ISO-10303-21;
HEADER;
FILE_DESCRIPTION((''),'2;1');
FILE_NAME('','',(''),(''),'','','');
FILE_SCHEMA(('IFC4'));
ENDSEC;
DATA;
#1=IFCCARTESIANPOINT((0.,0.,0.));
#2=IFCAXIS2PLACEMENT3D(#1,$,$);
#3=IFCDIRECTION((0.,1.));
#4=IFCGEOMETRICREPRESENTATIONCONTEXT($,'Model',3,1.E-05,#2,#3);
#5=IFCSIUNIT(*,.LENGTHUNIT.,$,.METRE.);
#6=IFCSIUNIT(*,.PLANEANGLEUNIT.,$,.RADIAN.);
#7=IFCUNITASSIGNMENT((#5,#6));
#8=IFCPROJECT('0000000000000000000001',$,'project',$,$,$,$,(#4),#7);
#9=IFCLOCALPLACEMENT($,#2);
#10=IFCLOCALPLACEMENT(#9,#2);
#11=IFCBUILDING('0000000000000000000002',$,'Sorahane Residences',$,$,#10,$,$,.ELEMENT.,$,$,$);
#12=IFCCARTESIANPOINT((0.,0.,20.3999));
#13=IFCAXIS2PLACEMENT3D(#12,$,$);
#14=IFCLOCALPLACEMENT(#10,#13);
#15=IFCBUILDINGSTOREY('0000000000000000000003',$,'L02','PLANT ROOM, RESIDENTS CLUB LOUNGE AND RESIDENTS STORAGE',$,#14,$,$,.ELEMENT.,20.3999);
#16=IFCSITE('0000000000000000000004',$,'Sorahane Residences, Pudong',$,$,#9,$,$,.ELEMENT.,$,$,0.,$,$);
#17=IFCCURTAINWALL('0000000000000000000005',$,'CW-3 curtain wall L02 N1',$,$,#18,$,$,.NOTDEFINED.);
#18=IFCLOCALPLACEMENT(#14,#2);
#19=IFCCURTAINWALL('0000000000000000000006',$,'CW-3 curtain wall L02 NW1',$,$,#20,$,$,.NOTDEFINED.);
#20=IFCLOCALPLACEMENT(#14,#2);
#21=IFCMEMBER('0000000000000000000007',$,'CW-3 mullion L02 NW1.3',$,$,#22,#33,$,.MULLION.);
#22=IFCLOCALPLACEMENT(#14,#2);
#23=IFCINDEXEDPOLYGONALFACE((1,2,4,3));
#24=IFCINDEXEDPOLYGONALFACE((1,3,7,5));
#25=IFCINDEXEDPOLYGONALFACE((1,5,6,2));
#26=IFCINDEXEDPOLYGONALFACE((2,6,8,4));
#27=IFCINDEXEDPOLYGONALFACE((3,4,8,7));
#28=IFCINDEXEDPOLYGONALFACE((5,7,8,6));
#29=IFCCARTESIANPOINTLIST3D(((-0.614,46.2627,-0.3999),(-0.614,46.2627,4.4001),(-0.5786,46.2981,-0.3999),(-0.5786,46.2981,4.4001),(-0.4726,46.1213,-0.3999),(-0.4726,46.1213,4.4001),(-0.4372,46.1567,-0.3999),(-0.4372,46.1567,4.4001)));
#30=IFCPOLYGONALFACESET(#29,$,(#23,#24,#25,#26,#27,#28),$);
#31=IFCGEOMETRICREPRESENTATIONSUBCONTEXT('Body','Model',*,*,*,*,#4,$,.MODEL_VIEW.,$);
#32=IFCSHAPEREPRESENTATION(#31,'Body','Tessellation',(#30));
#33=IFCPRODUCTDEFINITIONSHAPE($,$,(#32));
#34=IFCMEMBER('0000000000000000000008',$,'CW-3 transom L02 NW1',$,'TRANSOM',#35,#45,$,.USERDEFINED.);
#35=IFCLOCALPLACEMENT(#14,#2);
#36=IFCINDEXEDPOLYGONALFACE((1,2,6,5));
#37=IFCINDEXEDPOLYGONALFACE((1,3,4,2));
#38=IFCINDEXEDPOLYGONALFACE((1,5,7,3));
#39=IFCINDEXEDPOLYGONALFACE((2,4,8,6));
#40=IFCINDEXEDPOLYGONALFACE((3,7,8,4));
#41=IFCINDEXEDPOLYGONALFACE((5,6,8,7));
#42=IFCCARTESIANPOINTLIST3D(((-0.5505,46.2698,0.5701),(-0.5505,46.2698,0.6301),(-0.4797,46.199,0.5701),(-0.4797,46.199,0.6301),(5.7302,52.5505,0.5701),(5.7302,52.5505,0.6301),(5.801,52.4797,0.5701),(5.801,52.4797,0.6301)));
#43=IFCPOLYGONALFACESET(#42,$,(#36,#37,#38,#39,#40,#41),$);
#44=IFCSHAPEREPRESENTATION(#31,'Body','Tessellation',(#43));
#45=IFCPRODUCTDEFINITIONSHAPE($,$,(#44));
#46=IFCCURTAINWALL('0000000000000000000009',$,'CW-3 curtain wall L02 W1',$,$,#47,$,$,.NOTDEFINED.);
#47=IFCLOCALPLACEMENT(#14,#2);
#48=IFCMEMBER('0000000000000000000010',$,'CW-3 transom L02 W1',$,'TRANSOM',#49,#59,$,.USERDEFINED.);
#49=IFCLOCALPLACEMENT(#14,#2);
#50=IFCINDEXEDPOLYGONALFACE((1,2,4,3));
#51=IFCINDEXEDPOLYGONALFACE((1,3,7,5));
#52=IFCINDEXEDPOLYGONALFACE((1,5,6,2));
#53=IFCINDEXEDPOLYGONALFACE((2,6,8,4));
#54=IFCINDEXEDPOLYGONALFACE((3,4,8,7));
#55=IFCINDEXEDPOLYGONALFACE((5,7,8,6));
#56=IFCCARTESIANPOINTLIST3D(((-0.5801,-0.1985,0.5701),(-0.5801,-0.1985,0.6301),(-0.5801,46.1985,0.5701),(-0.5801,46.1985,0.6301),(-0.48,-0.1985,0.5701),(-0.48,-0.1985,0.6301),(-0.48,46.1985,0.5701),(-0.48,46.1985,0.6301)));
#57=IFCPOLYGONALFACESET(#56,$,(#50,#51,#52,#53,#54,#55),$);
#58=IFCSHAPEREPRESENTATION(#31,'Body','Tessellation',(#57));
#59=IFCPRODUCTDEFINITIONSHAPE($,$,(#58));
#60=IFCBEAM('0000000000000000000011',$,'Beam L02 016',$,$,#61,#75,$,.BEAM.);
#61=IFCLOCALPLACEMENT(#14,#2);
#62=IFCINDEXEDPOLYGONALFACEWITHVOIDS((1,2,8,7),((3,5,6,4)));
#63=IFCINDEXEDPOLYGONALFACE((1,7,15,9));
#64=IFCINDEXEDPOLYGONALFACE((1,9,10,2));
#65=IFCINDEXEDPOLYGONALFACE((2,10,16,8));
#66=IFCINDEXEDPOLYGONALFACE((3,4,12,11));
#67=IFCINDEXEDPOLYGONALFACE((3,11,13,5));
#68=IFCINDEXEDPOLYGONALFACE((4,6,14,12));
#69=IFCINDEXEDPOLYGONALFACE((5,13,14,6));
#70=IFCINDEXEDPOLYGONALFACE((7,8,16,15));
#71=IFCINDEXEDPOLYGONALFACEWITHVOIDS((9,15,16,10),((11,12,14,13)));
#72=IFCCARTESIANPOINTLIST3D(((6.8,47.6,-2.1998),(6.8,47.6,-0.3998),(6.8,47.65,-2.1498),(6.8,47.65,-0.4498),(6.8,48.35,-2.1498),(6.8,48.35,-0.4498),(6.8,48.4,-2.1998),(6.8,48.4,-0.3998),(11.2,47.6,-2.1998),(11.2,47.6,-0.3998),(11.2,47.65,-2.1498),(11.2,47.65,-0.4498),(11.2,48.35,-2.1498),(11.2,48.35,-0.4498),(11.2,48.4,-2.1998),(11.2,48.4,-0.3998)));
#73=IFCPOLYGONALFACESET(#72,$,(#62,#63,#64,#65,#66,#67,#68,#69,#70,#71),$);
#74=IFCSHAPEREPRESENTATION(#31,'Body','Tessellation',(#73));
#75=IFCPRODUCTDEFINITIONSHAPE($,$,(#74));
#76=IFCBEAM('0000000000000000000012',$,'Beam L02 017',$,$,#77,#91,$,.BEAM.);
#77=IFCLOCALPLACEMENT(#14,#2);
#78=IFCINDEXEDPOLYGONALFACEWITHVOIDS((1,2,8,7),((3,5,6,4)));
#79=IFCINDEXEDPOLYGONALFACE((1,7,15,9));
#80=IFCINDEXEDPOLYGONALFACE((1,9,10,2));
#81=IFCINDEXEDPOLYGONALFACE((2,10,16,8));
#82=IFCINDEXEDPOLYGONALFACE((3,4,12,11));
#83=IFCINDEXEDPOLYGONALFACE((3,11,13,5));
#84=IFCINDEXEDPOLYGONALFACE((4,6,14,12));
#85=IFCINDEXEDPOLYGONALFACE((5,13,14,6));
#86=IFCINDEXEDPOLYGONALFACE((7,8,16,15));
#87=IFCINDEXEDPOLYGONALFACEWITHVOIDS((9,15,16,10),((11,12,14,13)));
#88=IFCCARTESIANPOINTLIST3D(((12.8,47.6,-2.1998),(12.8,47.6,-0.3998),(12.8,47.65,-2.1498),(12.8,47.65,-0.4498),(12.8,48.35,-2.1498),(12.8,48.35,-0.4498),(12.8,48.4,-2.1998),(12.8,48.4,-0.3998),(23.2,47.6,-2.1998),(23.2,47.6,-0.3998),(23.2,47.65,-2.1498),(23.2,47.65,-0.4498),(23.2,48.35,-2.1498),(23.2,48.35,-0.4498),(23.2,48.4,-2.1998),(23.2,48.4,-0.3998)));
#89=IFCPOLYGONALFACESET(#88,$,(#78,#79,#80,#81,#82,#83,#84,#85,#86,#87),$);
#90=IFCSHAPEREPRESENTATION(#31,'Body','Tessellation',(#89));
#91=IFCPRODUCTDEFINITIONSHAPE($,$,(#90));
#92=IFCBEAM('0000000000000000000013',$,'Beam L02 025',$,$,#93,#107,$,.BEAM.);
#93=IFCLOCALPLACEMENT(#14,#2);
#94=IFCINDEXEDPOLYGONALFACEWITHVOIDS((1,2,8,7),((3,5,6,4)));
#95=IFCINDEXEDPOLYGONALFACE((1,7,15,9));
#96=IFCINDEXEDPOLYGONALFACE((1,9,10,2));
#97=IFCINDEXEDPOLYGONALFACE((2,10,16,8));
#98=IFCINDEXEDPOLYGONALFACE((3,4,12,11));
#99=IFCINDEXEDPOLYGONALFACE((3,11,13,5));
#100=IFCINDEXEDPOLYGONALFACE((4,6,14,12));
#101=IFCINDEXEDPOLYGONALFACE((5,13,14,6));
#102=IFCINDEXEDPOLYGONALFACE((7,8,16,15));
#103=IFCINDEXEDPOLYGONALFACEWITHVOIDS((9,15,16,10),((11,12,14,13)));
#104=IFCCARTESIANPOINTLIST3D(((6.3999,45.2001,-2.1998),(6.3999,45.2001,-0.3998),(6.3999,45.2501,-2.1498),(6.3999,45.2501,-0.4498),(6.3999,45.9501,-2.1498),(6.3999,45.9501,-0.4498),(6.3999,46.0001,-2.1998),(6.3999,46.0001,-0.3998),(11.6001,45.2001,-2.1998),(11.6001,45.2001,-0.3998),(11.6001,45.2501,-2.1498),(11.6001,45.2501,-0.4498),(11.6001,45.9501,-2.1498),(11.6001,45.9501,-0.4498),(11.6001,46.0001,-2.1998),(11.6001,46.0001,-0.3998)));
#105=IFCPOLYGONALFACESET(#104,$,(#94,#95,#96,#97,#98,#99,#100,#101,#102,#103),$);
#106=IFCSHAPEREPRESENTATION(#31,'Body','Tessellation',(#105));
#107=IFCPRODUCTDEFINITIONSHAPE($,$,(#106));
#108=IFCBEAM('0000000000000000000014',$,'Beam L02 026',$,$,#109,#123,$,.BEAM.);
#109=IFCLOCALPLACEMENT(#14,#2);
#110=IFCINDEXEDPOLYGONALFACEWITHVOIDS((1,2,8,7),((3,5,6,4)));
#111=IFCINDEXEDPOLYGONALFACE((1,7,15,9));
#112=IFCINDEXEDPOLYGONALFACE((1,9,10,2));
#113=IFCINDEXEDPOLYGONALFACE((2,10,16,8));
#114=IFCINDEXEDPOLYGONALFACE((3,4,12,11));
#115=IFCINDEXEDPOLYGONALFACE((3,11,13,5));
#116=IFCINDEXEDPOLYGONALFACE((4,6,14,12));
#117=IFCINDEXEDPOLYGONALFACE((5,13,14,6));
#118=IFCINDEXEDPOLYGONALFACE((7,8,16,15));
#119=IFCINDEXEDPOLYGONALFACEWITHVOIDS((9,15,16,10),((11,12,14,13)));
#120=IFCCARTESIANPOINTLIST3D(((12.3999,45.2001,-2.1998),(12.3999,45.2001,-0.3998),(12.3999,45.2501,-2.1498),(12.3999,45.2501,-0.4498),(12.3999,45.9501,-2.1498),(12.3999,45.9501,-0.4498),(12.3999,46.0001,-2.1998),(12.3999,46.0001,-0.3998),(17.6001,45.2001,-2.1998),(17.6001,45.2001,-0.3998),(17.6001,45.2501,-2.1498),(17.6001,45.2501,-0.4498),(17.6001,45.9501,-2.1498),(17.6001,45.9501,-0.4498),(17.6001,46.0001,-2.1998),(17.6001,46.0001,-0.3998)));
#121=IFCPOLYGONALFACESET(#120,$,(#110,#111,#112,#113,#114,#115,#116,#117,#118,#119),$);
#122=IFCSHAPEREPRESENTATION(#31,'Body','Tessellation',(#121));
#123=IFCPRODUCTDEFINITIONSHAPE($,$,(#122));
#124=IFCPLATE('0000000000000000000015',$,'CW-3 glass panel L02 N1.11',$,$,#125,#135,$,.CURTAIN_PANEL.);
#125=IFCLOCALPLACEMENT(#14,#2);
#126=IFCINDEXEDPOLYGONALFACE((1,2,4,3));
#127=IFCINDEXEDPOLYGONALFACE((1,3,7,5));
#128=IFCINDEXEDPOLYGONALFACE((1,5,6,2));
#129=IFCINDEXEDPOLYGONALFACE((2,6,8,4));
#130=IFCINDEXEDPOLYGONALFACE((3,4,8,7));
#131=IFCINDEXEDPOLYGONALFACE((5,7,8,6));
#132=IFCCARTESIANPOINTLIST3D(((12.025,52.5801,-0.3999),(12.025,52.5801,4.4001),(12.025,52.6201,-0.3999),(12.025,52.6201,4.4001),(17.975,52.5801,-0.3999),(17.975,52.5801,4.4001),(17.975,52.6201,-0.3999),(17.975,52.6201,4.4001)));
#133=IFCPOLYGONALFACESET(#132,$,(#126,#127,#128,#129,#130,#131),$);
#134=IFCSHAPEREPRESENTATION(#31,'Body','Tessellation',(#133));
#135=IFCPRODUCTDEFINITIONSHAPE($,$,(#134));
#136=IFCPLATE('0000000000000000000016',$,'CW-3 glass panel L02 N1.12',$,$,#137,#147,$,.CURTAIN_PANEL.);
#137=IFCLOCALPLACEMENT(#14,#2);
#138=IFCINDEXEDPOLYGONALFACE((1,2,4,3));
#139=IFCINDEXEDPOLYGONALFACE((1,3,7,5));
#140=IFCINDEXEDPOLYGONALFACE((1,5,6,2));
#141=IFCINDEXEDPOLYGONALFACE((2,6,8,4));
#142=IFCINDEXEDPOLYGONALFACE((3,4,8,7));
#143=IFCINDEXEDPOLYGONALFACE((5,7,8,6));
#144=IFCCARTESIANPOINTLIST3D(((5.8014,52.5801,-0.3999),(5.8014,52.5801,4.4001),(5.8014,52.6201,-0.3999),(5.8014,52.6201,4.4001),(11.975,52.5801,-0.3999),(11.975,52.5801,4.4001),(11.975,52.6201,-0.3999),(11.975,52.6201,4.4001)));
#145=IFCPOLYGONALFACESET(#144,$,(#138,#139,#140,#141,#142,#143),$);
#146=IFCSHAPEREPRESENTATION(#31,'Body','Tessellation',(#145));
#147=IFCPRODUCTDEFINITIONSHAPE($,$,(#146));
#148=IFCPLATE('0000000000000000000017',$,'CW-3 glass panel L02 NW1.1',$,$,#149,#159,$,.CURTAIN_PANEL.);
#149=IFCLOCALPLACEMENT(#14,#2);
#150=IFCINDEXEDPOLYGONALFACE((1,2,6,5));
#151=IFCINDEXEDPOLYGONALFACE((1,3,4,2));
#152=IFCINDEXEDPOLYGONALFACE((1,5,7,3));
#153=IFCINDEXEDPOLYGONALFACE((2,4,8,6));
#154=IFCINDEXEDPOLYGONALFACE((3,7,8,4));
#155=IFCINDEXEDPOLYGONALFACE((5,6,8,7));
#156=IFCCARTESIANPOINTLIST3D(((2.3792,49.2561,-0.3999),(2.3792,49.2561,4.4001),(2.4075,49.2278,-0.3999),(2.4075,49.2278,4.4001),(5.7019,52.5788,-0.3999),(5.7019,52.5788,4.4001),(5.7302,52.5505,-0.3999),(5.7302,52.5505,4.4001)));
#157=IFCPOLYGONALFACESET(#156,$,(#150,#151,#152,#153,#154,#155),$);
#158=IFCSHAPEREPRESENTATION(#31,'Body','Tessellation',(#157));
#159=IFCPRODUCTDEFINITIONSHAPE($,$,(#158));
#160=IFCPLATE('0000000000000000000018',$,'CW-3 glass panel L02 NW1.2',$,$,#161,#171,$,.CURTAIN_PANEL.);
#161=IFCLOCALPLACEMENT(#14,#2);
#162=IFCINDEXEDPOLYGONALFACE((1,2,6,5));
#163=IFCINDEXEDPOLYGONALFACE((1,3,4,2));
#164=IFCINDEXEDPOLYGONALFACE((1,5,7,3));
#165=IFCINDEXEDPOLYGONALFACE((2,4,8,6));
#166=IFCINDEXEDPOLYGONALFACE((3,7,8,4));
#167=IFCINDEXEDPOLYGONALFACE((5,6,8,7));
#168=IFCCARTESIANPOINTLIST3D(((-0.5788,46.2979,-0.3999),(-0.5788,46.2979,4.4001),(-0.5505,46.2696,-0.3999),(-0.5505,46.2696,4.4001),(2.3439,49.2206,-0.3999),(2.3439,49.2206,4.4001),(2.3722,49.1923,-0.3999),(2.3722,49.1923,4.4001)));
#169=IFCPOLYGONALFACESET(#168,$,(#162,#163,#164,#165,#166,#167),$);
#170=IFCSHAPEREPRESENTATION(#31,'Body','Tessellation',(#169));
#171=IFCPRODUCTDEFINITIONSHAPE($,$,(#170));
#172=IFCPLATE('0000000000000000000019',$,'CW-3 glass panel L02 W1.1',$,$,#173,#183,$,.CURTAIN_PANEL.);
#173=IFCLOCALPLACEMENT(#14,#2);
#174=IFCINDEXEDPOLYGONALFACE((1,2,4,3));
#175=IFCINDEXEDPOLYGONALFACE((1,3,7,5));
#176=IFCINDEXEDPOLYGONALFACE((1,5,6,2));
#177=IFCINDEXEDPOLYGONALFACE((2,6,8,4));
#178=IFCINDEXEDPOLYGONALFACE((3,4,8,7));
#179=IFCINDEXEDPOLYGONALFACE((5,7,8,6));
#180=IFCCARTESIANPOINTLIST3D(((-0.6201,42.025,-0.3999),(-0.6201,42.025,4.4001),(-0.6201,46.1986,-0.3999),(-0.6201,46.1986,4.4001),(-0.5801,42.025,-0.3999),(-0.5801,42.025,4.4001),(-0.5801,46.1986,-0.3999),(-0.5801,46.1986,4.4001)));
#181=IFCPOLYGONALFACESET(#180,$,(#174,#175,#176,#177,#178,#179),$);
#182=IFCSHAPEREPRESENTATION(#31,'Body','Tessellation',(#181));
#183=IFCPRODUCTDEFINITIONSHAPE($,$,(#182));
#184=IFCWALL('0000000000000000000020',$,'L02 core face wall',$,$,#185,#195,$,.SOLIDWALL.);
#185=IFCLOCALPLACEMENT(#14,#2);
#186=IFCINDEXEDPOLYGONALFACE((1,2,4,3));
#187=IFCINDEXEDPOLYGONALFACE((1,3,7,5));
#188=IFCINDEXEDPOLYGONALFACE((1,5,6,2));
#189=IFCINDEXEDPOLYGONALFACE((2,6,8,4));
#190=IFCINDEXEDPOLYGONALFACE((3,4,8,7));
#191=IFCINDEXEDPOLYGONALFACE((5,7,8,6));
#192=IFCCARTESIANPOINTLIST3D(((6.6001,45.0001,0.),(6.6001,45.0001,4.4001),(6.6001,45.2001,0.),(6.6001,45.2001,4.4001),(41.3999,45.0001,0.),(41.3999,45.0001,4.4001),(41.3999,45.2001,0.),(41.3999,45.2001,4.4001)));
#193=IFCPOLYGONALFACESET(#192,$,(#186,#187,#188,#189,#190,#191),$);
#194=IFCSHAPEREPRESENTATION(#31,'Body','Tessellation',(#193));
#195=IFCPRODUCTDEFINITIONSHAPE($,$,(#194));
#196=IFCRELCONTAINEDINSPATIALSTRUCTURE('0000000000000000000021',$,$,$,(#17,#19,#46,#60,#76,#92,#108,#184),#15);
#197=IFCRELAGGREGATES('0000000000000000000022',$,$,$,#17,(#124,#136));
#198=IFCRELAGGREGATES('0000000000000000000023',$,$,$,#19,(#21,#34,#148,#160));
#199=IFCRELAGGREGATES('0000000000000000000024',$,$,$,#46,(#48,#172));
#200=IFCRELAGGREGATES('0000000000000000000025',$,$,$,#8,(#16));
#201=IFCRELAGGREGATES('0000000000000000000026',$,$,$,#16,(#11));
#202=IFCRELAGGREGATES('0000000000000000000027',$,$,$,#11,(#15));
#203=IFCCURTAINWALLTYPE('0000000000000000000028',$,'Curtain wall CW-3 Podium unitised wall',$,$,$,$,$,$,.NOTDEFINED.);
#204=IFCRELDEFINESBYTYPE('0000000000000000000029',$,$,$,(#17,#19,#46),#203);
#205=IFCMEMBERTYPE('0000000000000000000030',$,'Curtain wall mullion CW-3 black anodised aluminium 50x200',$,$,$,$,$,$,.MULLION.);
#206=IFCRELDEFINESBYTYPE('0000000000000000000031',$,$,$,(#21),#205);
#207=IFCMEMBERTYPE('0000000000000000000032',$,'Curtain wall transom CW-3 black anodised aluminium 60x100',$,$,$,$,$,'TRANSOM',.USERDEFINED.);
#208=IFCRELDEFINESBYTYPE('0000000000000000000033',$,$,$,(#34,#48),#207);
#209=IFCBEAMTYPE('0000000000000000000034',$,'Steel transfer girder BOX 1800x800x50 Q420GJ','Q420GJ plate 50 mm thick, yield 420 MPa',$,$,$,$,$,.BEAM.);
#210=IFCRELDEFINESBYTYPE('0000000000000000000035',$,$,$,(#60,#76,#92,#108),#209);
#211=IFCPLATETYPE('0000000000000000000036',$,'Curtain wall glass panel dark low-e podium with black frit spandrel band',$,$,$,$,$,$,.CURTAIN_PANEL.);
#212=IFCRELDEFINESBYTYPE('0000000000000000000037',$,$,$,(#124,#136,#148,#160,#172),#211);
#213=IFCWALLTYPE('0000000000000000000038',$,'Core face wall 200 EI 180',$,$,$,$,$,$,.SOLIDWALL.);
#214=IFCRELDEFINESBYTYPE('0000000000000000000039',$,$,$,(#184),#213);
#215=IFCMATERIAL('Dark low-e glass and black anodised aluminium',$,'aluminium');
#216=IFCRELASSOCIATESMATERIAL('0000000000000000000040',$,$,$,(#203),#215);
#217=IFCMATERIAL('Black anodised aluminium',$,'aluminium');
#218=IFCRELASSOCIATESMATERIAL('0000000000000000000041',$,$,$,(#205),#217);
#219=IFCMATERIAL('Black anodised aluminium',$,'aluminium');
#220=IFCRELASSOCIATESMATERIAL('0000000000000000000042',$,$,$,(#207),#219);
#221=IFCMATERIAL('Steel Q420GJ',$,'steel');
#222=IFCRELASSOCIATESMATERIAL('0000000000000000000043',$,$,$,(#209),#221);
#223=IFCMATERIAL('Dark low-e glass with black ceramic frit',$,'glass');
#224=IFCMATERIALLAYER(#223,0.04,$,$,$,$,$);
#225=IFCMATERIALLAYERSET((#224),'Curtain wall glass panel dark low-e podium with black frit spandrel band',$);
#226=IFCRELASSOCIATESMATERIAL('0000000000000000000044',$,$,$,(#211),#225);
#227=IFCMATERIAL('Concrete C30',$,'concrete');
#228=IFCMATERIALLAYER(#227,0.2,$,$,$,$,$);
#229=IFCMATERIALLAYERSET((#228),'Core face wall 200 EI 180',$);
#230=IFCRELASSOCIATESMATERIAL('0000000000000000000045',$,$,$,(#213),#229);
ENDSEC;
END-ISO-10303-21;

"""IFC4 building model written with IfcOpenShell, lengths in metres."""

from ifc_helpers import new_model, si_unit, direction, frame, frame_2d, origin, origin_2d, place, context, subcontext, project, spatial, rectangle, hollow_rectangle, extrude, material, layer, layer_set, material_profile, profile_set, type_object, element, aggregate, save


model = new_model("IFC4")

# Units and contexts
model_context = context("Model", 3, precision=1e-05, world=origin(), true_north=direction((0.0, 1.0)))
body_context = subcontext(model_context, "Body", "Model", "MODEL_VIEW")
ifc_project = project(units=[si_unit("LENGTHUNIT", "METRE"), si_unit("PLANEANGLEUNIT", "RADIAN")], contexts=[model_context])

# Site, building, storey
site_placement = place(None, origin())
site = spatial("IfcSite", under=ifc_project, at=site_placement, Name="Sorahane Residences, Pudong", CompositionType="ELEMENT", RefElevation=0.0)
building_placement = place(site_placement, origin())
building = spatial("IfcBuilding", under=site, at=building_placement, Name="Sorahane Residences", CompositionType="ELEMENT")
storey_placement = place(building_placement, frame((0.0, 0.0, 20.3999)))
storey = spatial("IfcBuildingStorey", under=building, at=storey_placement, Name="L02", Description="PLANT ROOM, RESIDENTS CLUB LOUNGE AND RESIDENTS STORAGE", CompositionType="ELEMENT", Elevation=20.3999)

# Curtain walls, members
ifc_material_1 = material(Name="Dark low-e glass and black anodised aluminium", Category="aluminium")
curtain_wall_type = type_object("IfcCurtainWallType", Name="Curtain wall CW-3 Podium unitised wall", PredefinedType="NOTDEFINED", material=ifc_material_1)
curtain_wall_1_placement = place(storey_placement, origin())
curtain_wall_1 = element("IfcCurtainWall", 1, at=curtain_wall_1_placement, inside=storey, type_object=curtain_wall_type, Name="CW-3 curtain wall L02 N1", PredefinedType="NOTDEFINED")
ifc_material_2 = material(Name="Black anodised aluminium", Category="aluminium")
ifc_material_profile_1 = material_profile(ifc_material_2, rectangle(XDim=0.2, YDim=0.05, at=origin_2d()), Name="Curtain wall mullion CW-3 black anodised aluminium 50x200")
ifc_profile_set_1 = profile_set([ifc_material_profile_1], Name="Black anodised aluminium")
member_type_1 = type_object("IfcMemberType", Name="Curtain wall mullion CW-3 black anodised aluminium 50x200", PredefinedType="MULLION", material=ifc_profile_set_1)
curtain_wall_2_placement = place(storey_placement, origin())
curtain_wall_2 = element("IfcCurtainWall", 2, at=curtain_wall_2_placement, inside=storey, type_object=curtain_wall_type, Name="CW-3 curtain wall L02 NW1", PredefinedType="NOTDEFINED")
member_1_placement = place(storey_placement, frame((-0.5256, 46.2097, -0.3999), z_axis=(0.0, 0.0, 1.0), x_axis=(-0.707107, 0.707107, 0.0)))
member_1 = element("IfcMember", 3, at=member_1_placement, type_object=member_type_1, Name="CW-3 mullion L02 NW1.3", PredefinedType="MULLION", context=body_context, shape_type="SweptSolid", body=[
    extrude(rectangle(XDim=0.2, YDim=0.05, at=origin_2d()), origin(), (0.0, 0.0, 1.0), 4.8),
])
ifc_material_3 = material(Name="Black anodised aluminium", Category="aluminium")
ifc_material_profile_2 = material_profile(ifc_material_3, rectangle(XDim=0.1001, YDim=0.0601, at=origin_2d()), Name="Curtain wall transom CW-3 black anodised aluminium 60x100")
ifc_profile_set_2 = profile_set([ifc_material_profile_2], Name="Black anodised aluminium")
member_type_2 = type_object("IfcMemberType", Name="Curtain wall transom CW-3 black anodised aluminium 60x100", ElementType="TRANSOM", PredefinedType="USERDEFINED", material=ifc_profile_set_2)
member_2_placement = place(storey_placement, frame((5.7656, 52.5151, 0.6001), z_axis=(-0.707107, -0.707107, 0.0), x_axis=(0.707107, -0.707107, 0.0)))
member_2 = element("IfcMember", 4, at=member_2_placement, type_object=member_type_2, Name="CW-3 transom L02 NW1", ObjectType="TRANSOM", PredefinedType="USERDEFINED", context=body_context, shape_type="SweptSolid", body=[
    extrude(rectangle(XDim=0.1001, YDim=0.0601, at=origin_2d()), origin(), (0.0, 0.0, 1.0), 8.8823),
])

# Curtain wall, member
curtain_wall_3_placement = place(storey_placement, origin())
curtain_wall_3 = element("IfcCurtainWall", 5, at=curtain_wall_3_placement, inside=storey, type_object=curtain_wall_type, Name="CW-3 curtain wall L02 W1", PredefinedType="NOTDEFINED")
member_3_placement = place(storey_placement, frame((-0.53, 46.1985, 0.6001), z_axis=(0.0, -1.0, 0.0), x_axis=(1.0, 0.0, 0.0)))
member_3 = element("IfcMember", 6, at=member_3_placement, type_object=member_type_2, Name="CW-3 transom L02 W1", ObjectType="TRANSOM", PredefinedType="USERDEFINED", context=body_context, shape_type="SweptSolid", body=[
    extrude(rectangle(XDim=0.1001, YDim=0.0601, at=origin_2d()), origin(), (0.0, 0.0, 1.0), 46.397),
])

# Beams
ifc_material_4 = material(Name="Steel Q420GJ", Category="steel")
ifc_material_profile_3 = material_profile(ifc_material_4, hollow_rectangle(XDim=0.8, YDim=1.8, WallThickness=0.05, at=origin_2d()), Name="BOX 1800x800x50")
ifc_profile_set_3 = profile_set([ifc_material_profile_3], Name="Steel Q420GJ")
beam_type = type_object("IfcBeamType", Name="Steel transfer girder BOX 1800x800x50 Q420GJ", Description="Q420GJ plate 50 mm thick, yield 420 MPa", PredefinedType="BEAM", material=ifc_profile_set_3)
beam_1_placement = place(storey_placement, frame((6.8, 48.0, -1.2998), z_axis=(1.0, 0.0, 0.0), x_axis=(0.0, 1.0, 0.0)))
element("IfcBeam", 7, at=beam_1_placement, inside=storey, type_object=beam_type, Name="Beam L02 016", PredefinedType="BEAM", context=body_context, shape_type="SweptSolid", body=[
    extrude(hollow_rectangle(XDim=0.8, YDim=1.8, WallThickness=0.05, at=origin_2d()), origin(), (0.0, 0.0, 1.0), 4.3999),
])
beam_2_placement = place(storey_placement, frame((12.8, 48.0, -1.2998), z_axis=(1.0, 0.0, 0.0), x_axis=(0.0, 1.0, 0.0)))
element("IfcBeam", 8, at=beam_2_placement, inside=storey, type_object=beam_type, Name="Beam L02 017", PredefinedType="BEAM", context=body_context, shape_type="SweptSolid", body=[
    extrude(hollow_rectangle(XDim=0.8, YDim=1.8, WallThickness=0.05, at=origin_2d()), origin(), (0.0, 0.0, 1.0), 10.3999),
])
for number, where, z_axis, x_axis, name in (
    (9, (6.3999, 45.6001, -1.2998), (1.0, 0.0, 0.0), (0.0, 1.0, 0.0), "Beam L02 025"),
    (10, (12.3999, 45.6001, -1.2998), (1.0, 0.0, 0.0), (0.0, 1.0, 0.0), "Beam L02 026"),
):
    element("IfcBeam", number, at=place(storey_placement, frame(where, z_axis=z_axis, x_axis=x_axis)), inside=storey, type_object=beam_type, Name=name, PredefinedType="BEAM", context=body_context, shape_type="SweptSolid", body=[
        extrude(hollow_rectangle(XDim=0.8, YDim=1.8, WallThickness=0.05, at=origin_2d()), origin(), (0.0, 0.0, 1.0), 5.2002),
    ])

# Plates
ifc_material_5 = material(Name="Dark low-e glass with black ceramic frit", Category="glass")
ifc_layer_1 = layer(ifc_material_5, 0.04)
ifc_layer_set_1 = layer_set([ifc_layer_1], Name="Curtain wall glass panel dark low-e podium with black frit spandrel band")
plate_type = type_object("IfcPlateType", Name="Curtain wall glass panel dark low-e podium with black frit spandrel band", PredefinedType="CURTAIN_PANEL", material=ifc_layer_set_1)
plate_1_placement = place(storey_placement, frame((15.0, 52.6001, -0.3999), z_axis=(0.0, 0.0, 1.0), x_axis=(-1.0, 0.0, 0.0)))
plate_1 = element("IfcPlate", 11, at=plate_1_placement, type_object=plate_type, Name="CW-3 glass panel L02 N1.11", PredefinedType="CURTAIN_PANEL", context=body_context, shape_type="SweptSolid", body=[
    extrude(rectangle(XDim=5.95, YDim=0.04, at=origin_2d()), origin(), (0.0, 0.0, 1.0), 4.8),
])
plate_2_placement = place(storey_placement, frame((8.8882, 52.6001, -0.3999), z_axis=(0.0, 0.0, 1.0), x_axis=(-1.0, 0.0, 0.0)))
plate_2 = element("IfcPlate", 12, at=plate_2_placement, type_object=plate_type, Name="CW-3 glass panel L02 N1.12", PredefinedType="CURTAIN_PANEL", context=body_context, shape_type="SweptSolid", body=[
    extrude(rectangle(XDim=6.1736, YDim=0.04, at=origin_2d()), origin(), (0.0, 0.0, 1.0), 4.8),
])
aggregate(curtain_wall_1, [plate_1, plate_2])
plate_3_placement = place(storey_placement, frame((4.0547, 50.9033, -0.3999), z_axis=(0.0, 0.0, 1.0), x_axis=(-0.707107, -0.707107, 0.0)))
plate_3 = element("IfcPlate", 13, at=plate_3_placement, type_object=plate_type, Name="CW-3 glass panel L02 NW1.1", PredefinedType="CURTAIN_PANEL", context=body_context, shape_type="SweptSolid", body=[
    extrude(rectangle(XDim=4.699, YDim=0.04, at=origin_2d()), origin(), (0.0, 0.0, 1.0), 4.8),
])
plate_4_placement = place(storey_placement, frame((0.8967, 47.7451, -0.3999), z_axis=(0.0, 0.0, 1.0), x_axis=(-0.707107, -0.707107, 0.0)))
plate_4 = element("IfcPlate", 14, at=plate_4_placement, type_object=plate_type, Name="CW-3 glass panel L02 NW1.2", PredefinedType="CURTAIN_PANEL", context=body_context, shape_type="SweptSolid", body=[
    extrude(rectangle(XDim=4.1333, YDim=0.04, at=origin_2d()), origin(), (0.0, 0.0, 1.0), 4.8),
])
aggregate(curtain_wall_2, [member_1, member_2, plate_3, plate_4])
plate_5_placement = place(storey_placement, frame((-0.6001, 44.1118, -0.3999), z_axis=(0.0, 0.0, 1.0), x_axis=(0.0, -1.0, 0.0)))
plate_5 = element("IfcPlate", 15, at=plate_5_placement, type_object=plate_type, Name="CW-3 glass panel L02 W1.1", PredefinedType="CURTAIN_PANEL", context=body_context, shape_type="SweptSolid", body=[
    extrude(rectangle(XDim=4.1736, YDim=0.04, at=origin_2d()), origin(), (0.0, 0.0, 1.0), 4.8),
])
aggregate(curtain_wall_3, [member_3, plate_5])

# Wall
ifc_material_6 = material(Name="Concrete C30", Category="concrete")
ifc_layer_2 = layer(ifc_material_6, 0.2)
ifc_layer_set_2 = layer_set([ifc_layer_2], Name="Core face wall 200 EI 180")
wall_type = type_object("IfcWallType", Name="Core face wall 200 EI 180", PredefinedType="SOLIDWALL", material=ifc_layer_set_2)
wall_placement = place(storey_placement, frame((6.6001, 45.1001, 0.0), z_axis=(0.0, 0.0, 1.0), x_axis=(1.0, 0.0, 0.0)))
element("IfcWall", 16, at=wall_placement, inside=storey, type_object=wall_type, Name="L02 core face wall", PredefinedType="SOLIDWALL", context=body_context, shape_type="SweptSolid", body=[
    extrude(rectangle(XDim=34.7998, YDim=0.2, at=frame_2d((17.3999, 0.0))), origin(), (0.0, 0.0, 1.0), 4.4001),
])

save(model, "model.ifc")
